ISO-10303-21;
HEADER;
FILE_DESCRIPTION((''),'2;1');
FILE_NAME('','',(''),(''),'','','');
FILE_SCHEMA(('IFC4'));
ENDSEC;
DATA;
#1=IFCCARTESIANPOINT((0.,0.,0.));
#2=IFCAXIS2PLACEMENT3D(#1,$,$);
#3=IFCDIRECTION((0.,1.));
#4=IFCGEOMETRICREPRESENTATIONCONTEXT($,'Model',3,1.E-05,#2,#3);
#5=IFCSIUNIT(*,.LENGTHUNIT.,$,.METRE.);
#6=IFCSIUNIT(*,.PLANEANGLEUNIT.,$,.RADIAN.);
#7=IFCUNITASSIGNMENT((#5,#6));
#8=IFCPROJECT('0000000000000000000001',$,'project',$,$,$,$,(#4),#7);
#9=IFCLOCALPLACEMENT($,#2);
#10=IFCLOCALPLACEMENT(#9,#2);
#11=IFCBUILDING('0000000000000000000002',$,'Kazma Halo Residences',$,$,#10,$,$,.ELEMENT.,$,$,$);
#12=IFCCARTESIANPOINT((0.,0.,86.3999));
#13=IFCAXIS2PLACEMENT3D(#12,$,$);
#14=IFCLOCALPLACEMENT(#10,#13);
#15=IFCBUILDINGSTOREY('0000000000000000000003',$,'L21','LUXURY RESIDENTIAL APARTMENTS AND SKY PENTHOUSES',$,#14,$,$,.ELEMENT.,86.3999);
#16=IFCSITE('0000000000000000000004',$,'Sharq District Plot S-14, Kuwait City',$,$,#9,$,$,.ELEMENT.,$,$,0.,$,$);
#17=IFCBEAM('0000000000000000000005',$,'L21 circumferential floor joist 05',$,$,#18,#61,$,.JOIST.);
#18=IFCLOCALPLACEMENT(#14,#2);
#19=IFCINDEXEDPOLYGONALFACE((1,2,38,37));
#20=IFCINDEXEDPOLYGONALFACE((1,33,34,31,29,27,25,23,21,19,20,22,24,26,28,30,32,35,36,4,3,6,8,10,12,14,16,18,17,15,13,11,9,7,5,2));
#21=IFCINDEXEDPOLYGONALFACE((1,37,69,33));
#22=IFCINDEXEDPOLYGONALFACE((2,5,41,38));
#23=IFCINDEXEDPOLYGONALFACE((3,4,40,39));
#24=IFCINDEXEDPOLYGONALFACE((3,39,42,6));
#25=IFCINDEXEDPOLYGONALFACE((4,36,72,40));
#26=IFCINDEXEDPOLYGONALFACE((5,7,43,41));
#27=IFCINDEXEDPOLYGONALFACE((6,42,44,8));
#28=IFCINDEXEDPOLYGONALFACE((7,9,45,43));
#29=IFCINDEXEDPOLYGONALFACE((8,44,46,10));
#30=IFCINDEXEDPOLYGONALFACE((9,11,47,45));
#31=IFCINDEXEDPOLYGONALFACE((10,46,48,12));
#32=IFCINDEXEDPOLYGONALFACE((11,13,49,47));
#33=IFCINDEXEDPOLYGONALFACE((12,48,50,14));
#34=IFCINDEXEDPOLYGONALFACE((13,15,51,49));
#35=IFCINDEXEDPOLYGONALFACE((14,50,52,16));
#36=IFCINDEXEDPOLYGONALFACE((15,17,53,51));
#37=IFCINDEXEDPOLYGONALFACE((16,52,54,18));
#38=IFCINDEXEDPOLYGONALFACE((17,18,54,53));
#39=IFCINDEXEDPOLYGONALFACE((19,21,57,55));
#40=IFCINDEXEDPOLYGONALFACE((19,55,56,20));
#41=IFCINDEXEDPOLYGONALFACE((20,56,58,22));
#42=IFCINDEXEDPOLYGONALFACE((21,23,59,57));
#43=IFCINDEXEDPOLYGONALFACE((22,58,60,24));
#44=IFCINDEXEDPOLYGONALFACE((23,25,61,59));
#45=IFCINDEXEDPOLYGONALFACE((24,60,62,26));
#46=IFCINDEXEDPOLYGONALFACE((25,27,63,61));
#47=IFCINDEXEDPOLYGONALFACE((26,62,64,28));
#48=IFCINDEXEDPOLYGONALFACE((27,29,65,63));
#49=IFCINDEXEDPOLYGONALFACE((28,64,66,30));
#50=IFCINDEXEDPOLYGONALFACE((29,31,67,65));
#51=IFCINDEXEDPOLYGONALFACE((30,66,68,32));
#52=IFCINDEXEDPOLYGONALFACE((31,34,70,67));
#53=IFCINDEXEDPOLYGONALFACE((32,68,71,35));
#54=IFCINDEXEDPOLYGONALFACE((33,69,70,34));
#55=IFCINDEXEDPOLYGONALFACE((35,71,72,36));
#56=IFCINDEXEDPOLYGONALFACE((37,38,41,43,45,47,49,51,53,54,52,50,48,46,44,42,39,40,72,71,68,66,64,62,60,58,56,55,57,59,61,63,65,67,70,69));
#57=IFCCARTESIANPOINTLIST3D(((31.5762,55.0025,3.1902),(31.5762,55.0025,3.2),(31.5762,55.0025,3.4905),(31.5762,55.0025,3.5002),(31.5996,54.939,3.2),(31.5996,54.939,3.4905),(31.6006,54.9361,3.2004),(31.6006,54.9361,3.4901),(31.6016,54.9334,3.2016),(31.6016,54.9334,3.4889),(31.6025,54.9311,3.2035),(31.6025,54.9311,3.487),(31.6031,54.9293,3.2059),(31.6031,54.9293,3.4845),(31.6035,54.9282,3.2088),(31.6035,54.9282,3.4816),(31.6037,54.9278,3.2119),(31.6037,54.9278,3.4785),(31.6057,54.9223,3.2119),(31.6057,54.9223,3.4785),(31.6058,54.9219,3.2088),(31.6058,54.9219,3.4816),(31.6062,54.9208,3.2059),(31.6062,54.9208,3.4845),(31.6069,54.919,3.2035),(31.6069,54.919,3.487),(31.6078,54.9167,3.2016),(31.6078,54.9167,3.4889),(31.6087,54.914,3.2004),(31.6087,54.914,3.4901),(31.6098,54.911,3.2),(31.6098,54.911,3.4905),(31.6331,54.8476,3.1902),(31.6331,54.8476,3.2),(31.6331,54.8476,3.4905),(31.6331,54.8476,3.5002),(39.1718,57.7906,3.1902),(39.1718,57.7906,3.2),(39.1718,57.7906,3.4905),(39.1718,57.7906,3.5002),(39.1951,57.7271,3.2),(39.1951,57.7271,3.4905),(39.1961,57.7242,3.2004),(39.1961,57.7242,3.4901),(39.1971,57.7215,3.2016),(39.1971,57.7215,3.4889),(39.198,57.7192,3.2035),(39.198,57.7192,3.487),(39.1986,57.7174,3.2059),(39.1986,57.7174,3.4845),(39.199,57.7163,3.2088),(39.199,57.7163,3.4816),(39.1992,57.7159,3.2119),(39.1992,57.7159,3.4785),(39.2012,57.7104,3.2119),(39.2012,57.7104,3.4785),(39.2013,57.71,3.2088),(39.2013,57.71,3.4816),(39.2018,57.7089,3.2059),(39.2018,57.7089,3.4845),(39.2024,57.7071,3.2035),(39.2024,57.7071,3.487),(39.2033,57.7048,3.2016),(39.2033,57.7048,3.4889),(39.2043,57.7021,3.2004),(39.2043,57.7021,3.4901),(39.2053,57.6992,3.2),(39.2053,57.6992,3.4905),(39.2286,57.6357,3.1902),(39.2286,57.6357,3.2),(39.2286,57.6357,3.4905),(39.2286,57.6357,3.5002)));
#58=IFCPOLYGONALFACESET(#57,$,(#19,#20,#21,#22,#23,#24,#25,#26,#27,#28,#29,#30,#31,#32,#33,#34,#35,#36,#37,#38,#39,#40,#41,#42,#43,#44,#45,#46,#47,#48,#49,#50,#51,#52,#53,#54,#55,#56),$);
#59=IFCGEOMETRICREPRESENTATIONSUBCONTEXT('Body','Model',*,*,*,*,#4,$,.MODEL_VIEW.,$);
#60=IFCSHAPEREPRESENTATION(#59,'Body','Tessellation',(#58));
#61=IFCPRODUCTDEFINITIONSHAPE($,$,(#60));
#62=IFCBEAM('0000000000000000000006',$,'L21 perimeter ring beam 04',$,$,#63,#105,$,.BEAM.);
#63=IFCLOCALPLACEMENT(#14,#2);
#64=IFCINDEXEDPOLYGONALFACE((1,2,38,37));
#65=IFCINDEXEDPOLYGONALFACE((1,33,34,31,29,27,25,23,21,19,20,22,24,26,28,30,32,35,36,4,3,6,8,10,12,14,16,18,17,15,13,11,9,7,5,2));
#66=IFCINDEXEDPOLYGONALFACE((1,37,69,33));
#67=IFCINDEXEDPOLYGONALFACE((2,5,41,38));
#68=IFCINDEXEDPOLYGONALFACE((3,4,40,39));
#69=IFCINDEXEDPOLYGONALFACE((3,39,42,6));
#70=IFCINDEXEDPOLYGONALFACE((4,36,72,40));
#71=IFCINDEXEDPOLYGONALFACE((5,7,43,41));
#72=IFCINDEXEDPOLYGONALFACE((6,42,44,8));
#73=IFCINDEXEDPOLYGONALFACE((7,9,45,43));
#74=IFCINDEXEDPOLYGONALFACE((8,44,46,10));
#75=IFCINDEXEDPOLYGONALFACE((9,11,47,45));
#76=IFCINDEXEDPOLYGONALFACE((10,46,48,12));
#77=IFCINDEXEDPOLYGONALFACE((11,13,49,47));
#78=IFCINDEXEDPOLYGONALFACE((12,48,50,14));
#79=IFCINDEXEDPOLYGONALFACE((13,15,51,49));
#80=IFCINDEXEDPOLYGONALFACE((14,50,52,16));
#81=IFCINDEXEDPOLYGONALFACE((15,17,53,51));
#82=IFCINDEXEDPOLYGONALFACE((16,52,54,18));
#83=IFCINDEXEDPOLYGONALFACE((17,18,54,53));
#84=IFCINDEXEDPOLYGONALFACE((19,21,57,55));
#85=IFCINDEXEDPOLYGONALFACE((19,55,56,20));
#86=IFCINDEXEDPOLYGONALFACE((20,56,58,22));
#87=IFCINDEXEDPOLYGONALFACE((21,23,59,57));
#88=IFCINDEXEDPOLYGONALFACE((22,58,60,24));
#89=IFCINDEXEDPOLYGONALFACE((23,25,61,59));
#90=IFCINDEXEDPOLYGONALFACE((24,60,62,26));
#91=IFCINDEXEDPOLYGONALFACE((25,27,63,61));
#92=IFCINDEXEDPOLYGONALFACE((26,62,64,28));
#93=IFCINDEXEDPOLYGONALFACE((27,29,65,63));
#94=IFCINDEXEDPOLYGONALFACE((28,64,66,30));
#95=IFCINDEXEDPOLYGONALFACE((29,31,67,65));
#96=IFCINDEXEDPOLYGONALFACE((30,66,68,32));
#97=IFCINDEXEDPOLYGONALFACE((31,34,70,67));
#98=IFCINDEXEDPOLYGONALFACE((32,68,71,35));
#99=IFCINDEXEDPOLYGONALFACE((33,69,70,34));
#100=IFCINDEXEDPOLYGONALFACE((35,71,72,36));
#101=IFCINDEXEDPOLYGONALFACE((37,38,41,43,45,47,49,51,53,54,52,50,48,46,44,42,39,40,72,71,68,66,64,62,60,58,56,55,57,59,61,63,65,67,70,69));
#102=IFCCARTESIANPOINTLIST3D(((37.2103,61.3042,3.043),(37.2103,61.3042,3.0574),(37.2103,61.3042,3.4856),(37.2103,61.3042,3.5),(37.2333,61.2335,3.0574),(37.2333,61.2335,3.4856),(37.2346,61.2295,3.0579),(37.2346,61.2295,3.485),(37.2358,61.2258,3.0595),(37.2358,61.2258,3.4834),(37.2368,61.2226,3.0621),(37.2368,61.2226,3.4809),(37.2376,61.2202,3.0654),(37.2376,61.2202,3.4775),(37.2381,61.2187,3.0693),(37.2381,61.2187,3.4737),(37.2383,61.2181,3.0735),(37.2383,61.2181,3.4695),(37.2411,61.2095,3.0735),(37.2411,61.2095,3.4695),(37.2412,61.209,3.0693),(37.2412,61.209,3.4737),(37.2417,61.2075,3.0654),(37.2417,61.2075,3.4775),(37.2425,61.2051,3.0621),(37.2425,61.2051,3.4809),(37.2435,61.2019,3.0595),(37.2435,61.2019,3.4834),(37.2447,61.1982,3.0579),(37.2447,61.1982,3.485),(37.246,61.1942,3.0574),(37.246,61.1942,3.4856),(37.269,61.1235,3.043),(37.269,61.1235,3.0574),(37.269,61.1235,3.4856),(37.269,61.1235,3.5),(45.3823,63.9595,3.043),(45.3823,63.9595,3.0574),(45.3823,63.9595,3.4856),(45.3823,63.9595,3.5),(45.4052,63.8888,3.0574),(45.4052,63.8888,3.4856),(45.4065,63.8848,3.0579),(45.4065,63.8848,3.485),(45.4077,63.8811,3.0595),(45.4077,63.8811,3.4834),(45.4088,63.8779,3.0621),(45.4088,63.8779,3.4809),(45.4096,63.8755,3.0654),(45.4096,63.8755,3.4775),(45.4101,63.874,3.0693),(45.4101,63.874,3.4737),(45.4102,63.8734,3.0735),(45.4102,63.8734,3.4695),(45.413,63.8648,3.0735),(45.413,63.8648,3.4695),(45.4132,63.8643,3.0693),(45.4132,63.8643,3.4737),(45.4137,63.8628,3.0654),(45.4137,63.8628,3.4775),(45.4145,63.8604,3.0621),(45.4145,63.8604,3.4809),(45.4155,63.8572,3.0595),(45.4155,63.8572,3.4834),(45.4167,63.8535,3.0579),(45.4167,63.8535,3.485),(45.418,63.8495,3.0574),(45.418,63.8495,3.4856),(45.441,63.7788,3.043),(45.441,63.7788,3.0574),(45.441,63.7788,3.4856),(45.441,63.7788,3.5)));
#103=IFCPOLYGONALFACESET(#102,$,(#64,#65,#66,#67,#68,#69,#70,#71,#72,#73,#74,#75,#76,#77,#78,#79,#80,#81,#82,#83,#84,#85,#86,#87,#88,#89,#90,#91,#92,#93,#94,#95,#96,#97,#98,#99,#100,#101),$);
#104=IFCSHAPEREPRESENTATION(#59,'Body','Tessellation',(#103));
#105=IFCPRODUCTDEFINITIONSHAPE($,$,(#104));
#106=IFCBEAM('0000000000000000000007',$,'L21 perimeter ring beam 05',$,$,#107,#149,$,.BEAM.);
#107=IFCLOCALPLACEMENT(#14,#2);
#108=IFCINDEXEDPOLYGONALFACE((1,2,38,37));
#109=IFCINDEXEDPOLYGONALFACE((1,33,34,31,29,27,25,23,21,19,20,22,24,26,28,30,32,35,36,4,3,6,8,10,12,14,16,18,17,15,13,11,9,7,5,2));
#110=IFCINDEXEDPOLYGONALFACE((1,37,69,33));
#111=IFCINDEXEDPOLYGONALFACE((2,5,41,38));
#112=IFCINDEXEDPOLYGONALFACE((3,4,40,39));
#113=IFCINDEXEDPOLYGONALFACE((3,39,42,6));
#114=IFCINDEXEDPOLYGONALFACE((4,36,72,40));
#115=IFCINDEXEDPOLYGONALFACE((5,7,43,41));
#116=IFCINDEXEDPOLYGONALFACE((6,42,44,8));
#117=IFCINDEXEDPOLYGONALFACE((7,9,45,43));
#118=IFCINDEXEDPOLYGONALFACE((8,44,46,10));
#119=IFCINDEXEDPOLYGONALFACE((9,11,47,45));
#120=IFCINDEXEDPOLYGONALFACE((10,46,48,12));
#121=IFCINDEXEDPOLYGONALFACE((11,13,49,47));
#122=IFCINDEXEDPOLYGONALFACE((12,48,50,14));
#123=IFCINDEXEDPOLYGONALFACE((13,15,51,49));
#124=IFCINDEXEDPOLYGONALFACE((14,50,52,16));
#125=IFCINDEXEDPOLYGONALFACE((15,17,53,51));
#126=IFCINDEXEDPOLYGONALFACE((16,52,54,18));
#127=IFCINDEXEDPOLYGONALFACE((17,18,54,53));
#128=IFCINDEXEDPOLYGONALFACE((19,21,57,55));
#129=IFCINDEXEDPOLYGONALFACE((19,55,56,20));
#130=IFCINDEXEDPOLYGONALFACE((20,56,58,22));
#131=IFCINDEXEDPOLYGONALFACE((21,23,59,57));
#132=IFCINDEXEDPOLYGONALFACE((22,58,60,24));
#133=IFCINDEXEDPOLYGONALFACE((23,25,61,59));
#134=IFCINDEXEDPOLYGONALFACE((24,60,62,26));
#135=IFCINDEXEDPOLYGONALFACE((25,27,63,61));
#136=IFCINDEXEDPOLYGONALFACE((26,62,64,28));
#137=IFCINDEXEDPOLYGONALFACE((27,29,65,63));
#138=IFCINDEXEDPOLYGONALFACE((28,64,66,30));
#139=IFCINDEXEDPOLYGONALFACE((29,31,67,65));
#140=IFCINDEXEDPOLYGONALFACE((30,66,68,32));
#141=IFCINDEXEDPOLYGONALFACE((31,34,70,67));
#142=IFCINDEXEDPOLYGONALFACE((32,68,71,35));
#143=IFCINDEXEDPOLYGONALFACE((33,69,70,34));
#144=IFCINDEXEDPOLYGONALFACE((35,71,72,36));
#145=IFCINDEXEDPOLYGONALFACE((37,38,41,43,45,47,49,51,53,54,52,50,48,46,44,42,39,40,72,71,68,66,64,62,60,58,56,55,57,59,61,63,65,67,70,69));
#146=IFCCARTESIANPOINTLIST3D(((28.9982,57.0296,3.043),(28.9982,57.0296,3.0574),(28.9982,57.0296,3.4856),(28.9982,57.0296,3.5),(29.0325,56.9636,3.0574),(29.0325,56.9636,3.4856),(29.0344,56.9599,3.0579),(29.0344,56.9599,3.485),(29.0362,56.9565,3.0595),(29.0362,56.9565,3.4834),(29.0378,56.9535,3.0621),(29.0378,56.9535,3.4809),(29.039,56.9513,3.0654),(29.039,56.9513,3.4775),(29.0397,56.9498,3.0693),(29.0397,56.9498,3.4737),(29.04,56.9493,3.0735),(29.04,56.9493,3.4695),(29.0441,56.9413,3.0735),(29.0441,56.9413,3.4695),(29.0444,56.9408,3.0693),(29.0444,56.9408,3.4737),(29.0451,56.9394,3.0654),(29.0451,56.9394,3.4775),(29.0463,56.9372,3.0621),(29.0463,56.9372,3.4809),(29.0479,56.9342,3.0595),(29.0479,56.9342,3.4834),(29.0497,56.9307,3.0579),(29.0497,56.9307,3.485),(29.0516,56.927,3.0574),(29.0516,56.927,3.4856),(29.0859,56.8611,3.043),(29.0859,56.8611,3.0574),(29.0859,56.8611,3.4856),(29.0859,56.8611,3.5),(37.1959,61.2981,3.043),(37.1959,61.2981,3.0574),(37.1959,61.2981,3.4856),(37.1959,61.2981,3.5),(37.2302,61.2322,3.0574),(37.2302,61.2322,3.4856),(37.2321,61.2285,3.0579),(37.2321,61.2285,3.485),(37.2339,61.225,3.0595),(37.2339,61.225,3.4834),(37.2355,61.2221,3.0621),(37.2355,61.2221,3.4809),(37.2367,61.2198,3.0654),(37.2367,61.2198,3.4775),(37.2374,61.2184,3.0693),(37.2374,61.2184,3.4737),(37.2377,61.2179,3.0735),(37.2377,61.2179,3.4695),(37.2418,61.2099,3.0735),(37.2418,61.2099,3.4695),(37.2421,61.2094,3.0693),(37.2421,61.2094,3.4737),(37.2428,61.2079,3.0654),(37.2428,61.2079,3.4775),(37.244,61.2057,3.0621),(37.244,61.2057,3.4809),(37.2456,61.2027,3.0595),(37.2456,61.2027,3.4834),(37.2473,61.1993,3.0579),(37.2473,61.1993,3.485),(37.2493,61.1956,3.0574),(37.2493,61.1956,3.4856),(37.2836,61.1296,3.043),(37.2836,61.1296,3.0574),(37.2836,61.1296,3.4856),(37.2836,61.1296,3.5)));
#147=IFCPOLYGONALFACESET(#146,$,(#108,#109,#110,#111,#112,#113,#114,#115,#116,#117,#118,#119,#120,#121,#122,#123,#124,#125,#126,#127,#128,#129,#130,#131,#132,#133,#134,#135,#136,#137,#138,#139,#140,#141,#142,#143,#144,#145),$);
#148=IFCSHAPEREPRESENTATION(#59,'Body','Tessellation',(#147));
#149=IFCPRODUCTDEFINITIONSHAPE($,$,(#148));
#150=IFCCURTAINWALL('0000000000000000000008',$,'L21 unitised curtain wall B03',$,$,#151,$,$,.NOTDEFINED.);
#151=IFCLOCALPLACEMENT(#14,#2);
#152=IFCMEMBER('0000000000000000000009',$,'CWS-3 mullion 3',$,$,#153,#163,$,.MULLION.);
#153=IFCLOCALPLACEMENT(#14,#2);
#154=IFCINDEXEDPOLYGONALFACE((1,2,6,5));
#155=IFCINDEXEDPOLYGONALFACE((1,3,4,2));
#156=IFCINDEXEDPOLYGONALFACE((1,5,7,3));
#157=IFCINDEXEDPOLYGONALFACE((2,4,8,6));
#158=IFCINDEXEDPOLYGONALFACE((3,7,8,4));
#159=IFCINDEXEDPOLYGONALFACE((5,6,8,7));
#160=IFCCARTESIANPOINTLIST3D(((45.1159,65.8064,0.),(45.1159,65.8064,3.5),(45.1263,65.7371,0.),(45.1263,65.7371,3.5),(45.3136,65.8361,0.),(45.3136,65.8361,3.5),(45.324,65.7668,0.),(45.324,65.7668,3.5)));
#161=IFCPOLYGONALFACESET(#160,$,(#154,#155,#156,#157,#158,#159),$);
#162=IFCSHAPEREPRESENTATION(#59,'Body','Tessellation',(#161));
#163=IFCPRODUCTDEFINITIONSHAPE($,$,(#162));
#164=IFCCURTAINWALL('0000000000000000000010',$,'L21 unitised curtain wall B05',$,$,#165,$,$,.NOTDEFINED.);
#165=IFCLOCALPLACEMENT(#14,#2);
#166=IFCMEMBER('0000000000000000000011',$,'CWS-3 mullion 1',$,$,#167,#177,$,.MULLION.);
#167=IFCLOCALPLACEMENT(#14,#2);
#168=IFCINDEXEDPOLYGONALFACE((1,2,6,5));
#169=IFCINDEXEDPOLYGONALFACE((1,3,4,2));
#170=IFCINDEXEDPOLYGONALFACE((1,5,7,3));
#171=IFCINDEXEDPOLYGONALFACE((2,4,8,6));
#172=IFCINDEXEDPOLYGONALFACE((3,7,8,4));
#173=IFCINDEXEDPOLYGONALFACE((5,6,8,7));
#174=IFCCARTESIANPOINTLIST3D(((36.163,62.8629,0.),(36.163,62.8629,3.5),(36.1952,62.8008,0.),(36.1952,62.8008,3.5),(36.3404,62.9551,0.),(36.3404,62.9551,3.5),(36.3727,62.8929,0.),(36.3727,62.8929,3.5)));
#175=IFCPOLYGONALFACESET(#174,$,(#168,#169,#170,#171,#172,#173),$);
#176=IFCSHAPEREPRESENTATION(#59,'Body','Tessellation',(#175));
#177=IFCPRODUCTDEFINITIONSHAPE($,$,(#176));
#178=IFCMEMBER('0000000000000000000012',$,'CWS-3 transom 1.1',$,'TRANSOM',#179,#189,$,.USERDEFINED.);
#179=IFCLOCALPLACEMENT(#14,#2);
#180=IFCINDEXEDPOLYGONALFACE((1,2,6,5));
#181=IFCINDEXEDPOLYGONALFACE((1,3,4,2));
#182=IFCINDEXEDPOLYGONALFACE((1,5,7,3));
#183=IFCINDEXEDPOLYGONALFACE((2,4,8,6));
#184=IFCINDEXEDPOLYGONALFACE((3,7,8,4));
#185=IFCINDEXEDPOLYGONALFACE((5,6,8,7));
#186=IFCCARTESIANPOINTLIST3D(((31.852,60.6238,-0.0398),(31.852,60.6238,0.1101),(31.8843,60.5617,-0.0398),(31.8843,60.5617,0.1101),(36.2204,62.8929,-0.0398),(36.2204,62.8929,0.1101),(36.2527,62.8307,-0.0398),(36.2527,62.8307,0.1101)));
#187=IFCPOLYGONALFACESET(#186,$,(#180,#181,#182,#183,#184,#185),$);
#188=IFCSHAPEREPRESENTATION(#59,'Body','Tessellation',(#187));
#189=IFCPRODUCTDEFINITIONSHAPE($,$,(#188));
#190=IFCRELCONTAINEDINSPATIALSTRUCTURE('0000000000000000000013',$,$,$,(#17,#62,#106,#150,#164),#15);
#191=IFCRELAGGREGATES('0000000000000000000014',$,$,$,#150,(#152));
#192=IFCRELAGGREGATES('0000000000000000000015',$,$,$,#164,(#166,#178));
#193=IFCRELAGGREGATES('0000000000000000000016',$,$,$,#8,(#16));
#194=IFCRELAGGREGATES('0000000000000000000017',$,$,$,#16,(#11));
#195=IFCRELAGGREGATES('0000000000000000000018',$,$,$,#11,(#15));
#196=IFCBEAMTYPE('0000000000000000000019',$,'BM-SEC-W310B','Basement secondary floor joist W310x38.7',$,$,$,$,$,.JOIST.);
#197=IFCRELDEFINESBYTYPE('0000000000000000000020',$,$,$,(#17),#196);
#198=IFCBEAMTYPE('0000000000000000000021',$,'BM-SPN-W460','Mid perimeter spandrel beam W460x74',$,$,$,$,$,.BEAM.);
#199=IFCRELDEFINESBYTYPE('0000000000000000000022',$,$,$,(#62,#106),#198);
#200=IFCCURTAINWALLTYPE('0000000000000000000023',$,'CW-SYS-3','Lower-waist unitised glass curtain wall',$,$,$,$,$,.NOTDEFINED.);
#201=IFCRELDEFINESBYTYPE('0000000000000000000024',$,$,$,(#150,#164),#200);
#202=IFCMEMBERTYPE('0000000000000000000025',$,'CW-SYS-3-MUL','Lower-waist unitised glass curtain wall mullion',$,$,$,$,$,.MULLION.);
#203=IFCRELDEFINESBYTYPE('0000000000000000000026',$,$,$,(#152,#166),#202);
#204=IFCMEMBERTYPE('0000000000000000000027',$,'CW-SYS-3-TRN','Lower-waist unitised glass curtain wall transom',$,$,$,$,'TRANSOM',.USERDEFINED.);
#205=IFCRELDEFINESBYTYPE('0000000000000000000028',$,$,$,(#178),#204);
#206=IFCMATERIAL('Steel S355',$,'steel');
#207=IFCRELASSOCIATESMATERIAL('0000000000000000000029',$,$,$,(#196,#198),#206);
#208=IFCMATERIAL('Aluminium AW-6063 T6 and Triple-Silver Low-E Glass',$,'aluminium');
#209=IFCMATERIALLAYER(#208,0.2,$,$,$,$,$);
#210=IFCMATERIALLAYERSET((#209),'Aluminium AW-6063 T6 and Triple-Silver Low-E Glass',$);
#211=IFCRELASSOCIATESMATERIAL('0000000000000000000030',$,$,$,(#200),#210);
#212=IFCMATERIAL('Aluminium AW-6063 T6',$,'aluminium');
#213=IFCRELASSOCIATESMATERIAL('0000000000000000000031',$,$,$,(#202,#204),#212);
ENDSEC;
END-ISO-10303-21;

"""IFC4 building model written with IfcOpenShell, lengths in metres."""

from ifc_helpers import new_model, si_unit, direction, frame, origin, origin_2d, place, context, subcontext, project, spatial, rectangle, i_section, extrude, material, layer, layer_set, material_profile, profile_set, type_object, element, aggregate, save


model = new_model("IFC4")

# Units and contexts
model_context = context("Model", 3, precision=1e-05, world=origin(), true_north=direction((0.0, 1.0)))
body_context = subcontext(model_context, "Body", "Model", "MODEL_VIEW")
ifc_project = project(units=[si_unit("LENGTHUNIT", "METRE"), si_unit("PLANEANGLEUNIT", "RADIAN")], contexts=[model_context])

# Site, building, storey
site_placement = place(None, origin())
site = spatial("IfcSite", under=ifc_project, at=site_placement, Name="Sharq District Plot S-14, Kuwait City", CompositionType="ELEMENT", RefElevation=0.0)
building_placement = place(site_placement, origin())
building = spatial("IfcBuilding", under=site, at=building_placement, Name="Kazma Halo Residences", CompositionType="ELEMENT")
storey_placement = place(building_placement, frame((0.0, 0.0, 86.3999)))
storey = spatial("IfcBuildingStorey", under=building, at=storey_placement, Name="L21", Description="LUXURY RESIDENTIAL APARTMENTS AND SKY PENTHOUSES", CompositionType="ELEMENT", Elevation=86.3999)

# Beams
ifc_material_1 = material(Name="Steel S355", Category="steel")
ifc_material_profile_1 = material_profile(ifc_material_1, i_section(OverallWidth=0.165, OverallDepth=0.3101, WebThickness=0.0059, FlangeThickness=0.0098, FilletRadius=0.012, at=origin_2d()), Name="W310x38.7")
ifc_profile_set_1 = profile_set([ifc_material_profile_1], Name="Steel S355")
beam_type_1 = type_object("IfcBeamType", Name="BM-SEC-W310B", Description="Basement secondary floor joist W310x38.7", PredefinedType="JOIST", material=ifc_profile_set_1)
beam_1_placement = place(storey_placement, frame((39.2002, 57.7131, 3.3452), z_axis=(-0.938753, -0.344591, 0.0), x_axis=(0.344591, -0.938753, 0.0)))
element("IfcBeam", 1, at=beam_1_placement, inside=storey, type_object=beam_type_1, Name="L21 circumferential floor joist 05", PredefinedType="JOIST", context=body_context, shape_type="SweptSolid", body=[
    extrude(i_section(OverallWidth=0.165, OverallDepth=0.3101, WebThickness=0.0059, FlangeThickness=0.0098, FilletRadius=0.012, at=origin_2d()), origin(), (0.0, 0.0, 1.0), 8.0911),
])
ifc_material_profile_2 = material_profile(ifc_material_1, i_section(OverallWidth=0.1899, OverallDepth=0.457, WebThickness=0.009, FlangeThickness=0.0144, FilletRadius=0.0161, at=origin_2d()), Name="W460x74")
ifc_profile_set_2 = profile_set([ifc_material_profile_2], Name="Steel S355")
beam_type_2 = type_object("IfcBeamType", Name="BM-SPN-W460", Description="Mid perimeter spandrel beam W460x74", PredefinedType="BEAM", material=ifc_profile_set_2)
beam_2_placement = place(storey_placement, frame((45.4116, 63.8691, 3.2715), z_axis=(-0.951054, -0.309024, 0.0), x_axis=(0.309024, -0.951054, 0.0)))
element("IfcBeam", 2, at=beam_2_placement, inside=storey, type_object=beam_type_2, Name="L21 perimeter ring beam 04", PredefinedType="BEAM", context=body_context, shape_type="SweptSolid", body=[
    extrude(i_section(OverallWidth=0.1899, OverallDepth=0.457, WebThickness=0.009, FlangeThickness=0.0144, FilletRadius=0.0161, at=origin_2d()), origin(), (0.0, 0.0, 1.0), 8.5925),
])
beam_3_placement = place(storey_placement, frame((37.2397, 61.2139, 3.2715), z_axis=(-0.886963, -0.46184, 0.0), x_axis=(0.46184, -0.886963, 0.0)))
element("IfcBeam", 3, at=beam_3_placement, inside=storey, type_object=beam_type_2, Name="L21 perimeter ring beam 05", PredefinedType="BEAM", context=body_context, shape_type="SweptSolid", body=[
    extrude(i_section(OverallWidth=0.1899, OverallDepth=0.457, WebThickness=0.009, FlangeThickness=0.0144, FilletRadius=0.0161, at=origin_2d()), origin(), (0.0, 0.0, 1.0), 9.2424),
])

# Curtain wall, member
ifc_material_2 = material(Name="Aluminium AW-6063 T6 and Triple-Silver Low-E Glass", Category="aluminium")
ifc_layer_1 = layer(ifc_material_2, 0.2)
ifc_layer_set_1 = layer_set([ifc_layer_1], Name="Aluminium AW-6063 T6 and Triple-Silver Low-E Glass")
curtain_wall_type = type_object("IfcCurtainWallType", Name="CW-SYS-3", Description="Lower-waist unitised glass curtain wall", PredefinedType="NOTDEFINED", material=ifc_layer_set_1)
curtain_wall_1_placement = place(storey_placement, origin())
curtain_wall_1 = element("IfcCurtainWall", 4, at=curtain_wall_1_placement, inside=storey, type_object=curtain_wall_type, Name="L21 unitised curtain wall B03", PredefinedType="NOTDEFINED")
ifc_material_3 = material(Name="Aluminium AW-6063 T6", Category="aluminium")
ifc_material_profile_3 = material_profile(ifc_material_3, rectangle(XDim=0.0701, YDim=0.2, at=origin_2d()), Name="CWM-70x200")
ifc_profile_set_3 = profile_set([ifc_material_profile_3], Name="Aluminium AW-6063 T6")
member_type_1 = type_object("IfcMemberType", Name="CW-SYS-3-MUL", Description="Lower-waist unitised glass curtain wall mullion", PredefinedType="MULLION", material=ifc_profile_set_3)
member_1_placement = place(storey_placement, frame((45.22, 65.7866, 0.0), z_axis=(0.0, 0.0, 1.0), x_axis=(0.148717, -0.98888, 0.0)))
member_1 = element("IfcMember", 5, at=member_1_placement, type_object=member_type_1, Name="CWS-3 mullion 3", PredefinedType="MULLION", context=body_context, shape_type="SweptSolid", body=[
    extrude(rectangle(XDim=0.0701, YDim=0.2, at=origin_2d()), origin(), (0.0, 0.0, 1.0), 3.5),
])
aggregate(curtain_wall_1, [member_1])

# Curtain wall, members
curtain_wall_2_placement = place(storey_placement, origin())
curtain_wall_2 = element("IfcCurtainWall", 6, at=curtain_wall_2_placement, inside=storey, type_object=curtain_wall_type, Name="L21 unitised curtain wall B05", PredefinedType="NOTDEFINED")
member_2_placement = place(storey_placement, frame((36.2678, 62.8779, 0.0), z_axis=(0.0, 0.0, 1.0), x_axis=(0.460932, -0.887435, 0.0)))
member_2 = element("IfcMember", 7, at=member_2_placement, type_object=member_type_1, Name="CWS-3 mullion 1", PredefinedType="MULLION", context=body_context, shape_type="SweptSolid", body=[
    extrude(rectangle(XDim=0.0701, YDim=0.2, at=origin_2d()), origin(), (0.0, 0.0, 1.0), 3.5),
])
ifc_material_profile_4 = material_profile(ifc_material_3, rectangle(XDim=0.0701, YDim=0.1499, at=origin_2d()), Name="CWT-70x150")
ifc_profile_set_4 = profile_set([ifc_material_profile_4], Name="Aluminium AW-6063 T6")
member_type_2 = type_object("IfcMemberType", Name="CW-SYS-3-TRN", Description="Lower-waist unitised glass curtain wall transom", ElementType="TRANSOM", PredefinedType="USERDEFINED", material=ifc_profile_set_4)
member_3_placement = place(storey_placement, frame((36.2366, 62.8618, 0.0352), z_axis=(-0.887427, -0.460948, 0.0), x_axis=(0.460948, -0.887427, 0.0)))
member_3 = element("IfcMember", 8, at=member_3_placement, type_object=member_type_2, Name="CWS-3 transom 1.1", ObjectType="TRANSOM", PredefinedType="USERDEFINED", context=body_context, shape_type="SweptSolid", body=[
    extrude(rectangle(XDim=0.0701, YDim=0.1499, at=origin_2d()), origin(), (0.0, 0.0, 1.0), 4.9226),
])
aggregate(curtain_wall_2, [member_2, member_3])

save(model, "model.ifc")
